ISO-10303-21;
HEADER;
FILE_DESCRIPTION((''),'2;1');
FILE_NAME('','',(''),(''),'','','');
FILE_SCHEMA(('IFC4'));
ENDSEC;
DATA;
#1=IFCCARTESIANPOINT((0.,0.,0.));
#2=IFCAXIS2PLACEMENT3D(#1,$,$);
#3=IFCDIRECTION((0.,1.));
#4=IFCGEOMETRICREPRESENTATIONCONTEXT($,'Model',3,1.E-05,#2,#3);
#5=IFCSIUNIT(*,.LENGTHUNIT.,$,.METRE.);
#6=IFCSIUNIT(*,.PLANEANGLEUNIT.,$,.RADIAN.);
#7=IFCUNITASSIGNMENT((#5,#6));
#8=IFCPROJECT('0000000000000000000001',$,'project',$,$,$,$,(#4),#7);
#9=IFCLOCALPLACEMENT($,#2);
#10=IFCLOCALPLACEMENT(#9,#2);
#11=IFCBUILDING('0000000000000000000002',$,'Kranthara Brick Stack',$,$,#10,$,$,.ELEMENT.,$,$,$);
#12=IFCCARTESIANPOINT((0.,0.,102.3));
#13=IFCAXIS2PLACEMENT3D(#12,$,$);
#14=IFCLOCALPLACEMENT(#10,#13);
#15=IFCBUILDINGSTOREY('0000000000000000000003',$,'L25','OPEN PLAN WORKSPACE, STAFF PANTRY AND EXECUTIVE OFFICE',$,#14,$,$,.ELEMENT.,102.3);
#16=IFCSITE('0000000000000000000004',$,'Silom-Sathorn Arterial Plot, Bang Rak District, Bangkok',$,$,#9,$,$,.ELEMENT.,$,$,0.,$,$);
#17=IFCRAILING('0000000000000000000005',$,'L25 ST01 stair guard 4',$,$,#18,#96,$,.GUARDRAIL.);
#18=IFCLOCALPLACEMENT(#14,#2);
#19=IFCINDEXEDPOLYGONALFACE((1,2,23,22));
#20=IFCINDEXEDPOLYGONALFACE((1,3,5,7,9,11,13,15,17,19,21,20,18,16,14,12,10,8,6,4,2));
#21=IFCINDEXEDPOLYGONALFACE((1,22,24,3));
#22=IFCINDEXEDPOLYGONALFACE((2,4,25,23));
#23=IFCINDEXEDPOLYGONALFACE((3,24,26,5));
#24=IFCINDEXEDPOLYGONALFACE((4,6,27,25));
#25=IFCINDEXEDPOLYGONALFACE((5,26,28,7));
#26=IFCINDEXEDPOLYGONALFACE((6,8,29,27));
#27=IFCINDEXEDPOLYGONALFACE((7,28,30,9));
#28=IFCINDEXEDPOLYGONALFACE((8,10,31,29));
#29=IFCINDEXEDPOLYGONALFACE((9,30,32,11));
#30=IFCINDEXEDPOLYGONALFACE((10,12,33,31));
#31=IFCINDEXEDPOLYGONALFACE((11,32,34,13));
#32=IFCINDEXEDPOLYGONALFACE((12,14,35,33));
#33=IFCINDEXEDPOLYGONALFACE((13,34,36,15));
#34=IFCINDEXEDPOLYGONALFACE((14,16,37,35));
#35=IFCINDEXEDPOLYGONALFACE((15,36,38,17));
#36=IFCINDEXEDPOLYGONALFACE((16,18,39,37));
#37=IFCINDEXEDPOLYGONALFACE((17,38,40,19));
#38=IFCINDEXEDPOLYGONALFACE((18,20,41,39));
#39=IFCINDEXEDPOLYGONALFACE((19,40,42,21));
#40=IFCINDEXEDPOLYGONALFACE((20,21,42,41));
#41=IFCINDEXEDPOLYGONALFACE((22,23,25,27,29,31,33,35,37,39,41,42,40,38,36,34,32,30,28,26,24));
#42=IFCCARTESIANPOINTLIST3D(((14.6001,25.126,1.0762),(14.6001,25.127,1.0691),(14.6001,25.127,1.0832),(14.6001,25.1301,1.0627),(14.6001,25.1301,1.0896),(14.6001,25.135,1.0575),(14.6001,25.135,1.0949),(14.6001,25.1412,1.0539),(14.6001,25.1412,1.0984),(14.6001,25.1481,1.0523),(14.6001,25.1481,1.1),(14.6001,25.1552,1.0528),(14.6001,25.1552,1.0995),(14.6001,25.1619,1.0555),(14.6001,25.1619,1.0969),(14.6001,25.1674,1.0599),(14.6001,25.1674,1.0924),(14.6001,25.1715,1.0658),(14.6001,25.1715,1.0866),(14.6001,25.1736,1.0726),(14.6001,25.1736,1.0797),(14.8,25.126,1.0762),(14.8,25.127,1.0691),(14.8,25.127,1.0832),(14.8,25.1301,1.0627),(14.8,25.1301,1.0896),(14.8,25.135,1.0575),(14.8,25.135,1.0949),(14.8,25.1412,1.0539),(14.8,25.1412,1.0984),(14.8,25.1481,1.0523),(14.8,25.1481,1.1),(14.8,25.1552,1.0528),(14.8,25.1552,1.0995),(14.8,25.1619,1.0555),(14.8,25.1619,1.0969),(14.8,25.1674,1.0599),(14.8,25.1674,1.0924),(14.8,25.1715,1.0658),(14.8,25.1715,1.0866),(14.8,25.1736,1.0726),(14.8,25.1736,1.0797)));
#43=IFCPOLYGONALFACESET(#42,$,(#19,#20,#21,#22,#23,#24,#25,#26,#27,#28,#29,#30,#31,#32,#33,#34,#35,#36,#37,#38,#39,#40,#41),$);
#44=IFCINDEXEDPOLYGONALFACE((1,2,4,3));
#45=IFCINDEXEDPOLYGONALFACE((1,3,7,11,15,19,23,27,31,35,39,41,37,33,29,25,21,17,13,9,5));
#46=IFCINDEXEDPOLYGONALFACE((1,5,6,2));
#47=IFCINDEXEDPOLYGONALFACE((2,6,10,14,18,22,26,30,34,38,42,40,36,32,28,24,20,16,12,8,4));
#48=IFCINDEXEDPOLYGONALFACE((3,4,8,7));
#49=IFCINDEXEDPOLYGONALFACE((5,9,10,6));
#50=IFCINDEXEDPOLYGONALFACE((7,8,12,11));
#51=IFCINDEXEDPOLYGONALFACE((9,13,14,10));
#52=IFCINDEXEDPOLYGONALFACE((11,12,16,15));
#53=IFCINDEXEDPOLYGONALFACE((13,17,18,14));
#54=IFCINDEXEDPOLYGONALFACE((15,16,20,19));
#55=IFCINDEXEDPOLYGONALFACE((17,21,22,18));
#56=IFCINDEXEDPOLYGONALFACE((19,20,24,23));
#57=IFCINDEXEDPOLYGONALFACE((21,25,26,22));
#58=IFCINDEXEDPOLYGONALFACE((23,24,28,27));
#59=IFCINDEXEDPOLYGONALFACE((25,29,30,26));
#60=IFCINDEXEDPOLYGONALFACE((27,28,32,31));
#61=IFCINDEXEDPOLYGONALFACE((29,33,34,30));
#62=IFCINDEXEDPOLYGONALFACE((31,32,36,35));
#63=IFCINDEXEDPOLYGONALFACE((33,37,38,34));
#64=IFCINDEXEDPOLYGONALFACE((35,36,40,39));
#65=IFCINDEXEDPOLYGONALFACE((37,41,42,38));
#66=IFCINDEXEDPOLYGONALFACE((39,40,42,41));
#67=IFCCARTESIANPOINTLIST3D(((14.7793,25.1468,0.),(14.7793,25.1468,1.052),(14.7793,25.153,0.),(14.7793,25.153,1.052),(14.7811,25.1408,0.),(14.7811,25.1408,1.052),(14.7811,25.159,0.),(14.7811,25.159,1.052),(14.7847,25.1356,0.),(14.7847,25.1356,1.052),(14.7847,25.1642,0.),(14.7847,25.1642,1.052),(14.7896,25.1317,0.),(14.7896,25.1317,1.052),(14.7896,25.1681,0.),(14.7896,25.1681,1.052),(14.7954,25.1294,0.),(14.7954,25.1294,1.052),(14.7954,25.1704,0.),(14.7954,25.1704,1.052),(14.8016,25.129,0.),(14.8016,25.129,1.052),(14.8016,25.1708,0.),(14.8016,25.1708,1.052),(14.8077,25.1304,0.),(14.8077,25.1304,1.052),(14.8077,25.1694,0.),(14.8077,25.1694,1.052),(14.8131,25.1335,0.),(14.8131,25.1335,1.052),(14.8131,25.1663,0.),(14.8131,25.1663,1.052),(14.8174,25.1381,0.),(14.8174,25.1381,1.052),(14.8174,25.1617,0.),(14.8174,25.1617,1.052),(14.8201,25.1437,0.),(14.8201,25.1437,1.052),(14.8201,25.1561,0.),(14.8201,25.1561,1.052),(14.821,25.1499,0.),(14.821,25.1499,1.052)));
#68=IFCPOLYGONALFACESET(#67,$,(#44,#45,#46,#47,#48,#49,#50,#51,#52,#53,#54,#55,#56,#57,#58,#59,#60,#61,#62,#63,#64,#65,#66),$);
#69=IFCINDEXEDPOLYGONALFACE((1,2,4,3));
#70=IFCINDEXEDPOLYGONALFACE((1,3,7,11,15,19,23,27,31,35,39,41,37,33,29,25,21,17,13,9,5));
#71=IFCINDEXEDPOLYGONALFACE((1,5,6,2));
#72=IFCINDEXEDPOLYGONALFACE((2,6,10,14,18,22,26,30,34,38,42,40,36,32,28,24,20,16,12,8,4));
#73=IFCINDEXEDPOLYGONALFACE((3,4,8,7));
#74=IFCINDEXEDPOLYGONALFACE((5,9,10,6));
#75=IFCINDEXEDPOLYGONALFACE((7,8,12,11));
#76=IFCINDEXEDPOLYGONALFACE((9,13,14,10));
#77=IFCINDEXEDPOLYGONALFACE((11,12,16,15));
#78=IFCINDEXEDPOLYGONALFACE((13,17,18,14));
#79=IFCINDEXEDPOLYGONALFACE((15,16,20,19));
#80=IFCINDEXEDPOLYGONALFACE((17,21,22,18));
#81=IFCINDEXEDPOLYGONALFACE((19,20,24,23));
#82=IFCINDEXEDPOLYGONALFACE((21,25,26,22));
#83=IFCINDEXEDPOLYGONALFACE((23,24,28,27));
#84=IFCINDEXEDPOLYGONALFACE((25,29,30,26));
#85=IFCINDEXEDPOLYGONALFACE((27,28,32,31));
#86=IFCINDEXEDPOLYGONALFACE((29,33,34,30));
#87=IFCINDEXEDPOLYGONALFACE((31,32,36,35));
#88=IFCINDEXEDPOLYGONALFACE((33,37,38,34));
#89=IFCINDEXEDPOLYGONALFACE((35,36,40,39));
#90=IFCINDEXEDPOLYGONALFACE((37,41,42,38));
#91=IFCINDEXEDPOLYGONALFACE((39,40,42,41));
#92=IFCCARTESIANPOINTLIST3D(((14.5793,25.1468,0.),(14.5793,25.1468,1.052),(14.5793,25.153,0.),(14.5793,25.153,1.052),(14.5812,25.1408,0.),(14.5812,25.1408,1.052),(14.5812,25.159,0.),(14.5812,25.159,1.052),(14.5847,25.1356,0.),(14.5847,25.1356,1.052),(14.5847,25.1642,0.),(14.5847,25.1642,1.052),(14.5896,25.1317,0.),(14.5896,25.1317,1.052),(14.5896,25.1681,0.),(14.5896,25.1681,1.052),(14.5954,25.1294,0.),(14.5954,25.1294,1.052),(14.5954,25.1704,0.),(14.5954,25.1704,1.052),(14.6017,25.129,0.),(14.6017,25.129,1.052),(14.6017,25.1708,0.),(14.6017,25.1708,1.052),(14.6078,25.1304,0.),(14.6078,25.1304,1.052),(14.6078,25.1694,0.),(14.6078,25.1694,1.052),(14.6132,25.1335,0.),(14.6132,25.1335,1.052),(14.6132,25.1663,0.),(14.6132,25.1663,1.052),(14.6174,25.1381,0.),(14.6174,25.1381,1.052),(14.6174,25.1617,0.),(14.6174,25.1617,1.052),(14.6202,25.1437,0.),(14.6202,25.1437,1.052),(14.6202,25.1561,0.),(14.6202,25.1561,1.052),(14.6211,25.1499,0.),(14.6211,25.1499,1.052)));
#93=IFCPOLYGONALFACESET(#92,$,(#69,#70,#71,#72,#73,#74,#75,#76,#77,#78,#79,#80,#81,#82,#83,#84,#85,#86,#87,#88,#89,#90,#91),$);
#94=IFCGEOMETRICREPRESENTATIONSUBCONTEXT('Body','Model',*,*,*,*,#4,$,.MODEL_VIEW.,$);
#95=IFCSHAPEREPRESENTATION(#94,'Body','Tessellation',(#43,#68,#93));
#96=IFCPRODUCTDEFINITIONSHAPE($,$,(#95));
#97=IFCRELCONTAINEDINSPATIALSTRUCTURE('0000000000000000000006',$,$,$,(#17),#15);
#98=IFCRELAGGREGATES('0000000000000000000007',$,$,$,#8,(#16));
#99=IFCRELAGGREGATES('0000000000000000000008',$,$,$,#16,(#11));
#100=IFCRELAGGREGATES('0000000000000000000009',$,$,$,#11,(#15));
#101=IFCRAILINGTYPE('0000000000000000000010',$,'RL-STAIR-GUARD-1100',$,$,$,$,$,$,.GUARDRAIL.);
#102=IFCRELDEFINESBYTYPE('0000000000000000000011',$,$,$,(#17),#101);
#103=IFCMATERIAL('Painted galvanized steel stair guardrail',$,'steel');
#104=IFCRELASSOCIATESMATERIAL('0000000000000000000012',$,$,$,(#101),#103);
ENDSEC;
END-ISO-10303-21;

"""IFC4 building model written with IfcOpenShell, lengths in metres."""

from ifc_helpers import new_model, si_unit, direction, frame, origin, origin_2d, place, context, subcontext, project, spatial, circle, extrude, material, type_object, element, save


model = new_model("IFC4")

# Units and contexts
model_context = context("Model", 3, precision=1e-05, world=origin(), true_north=direction((0.0, 1.0)))
body_context = subcontext(model_context, "Body", "Model", "MODEL_VIEW")
ifc_project = project(units=[si_unit("LENGTHUNIT", "METRE"), si_unit("PLANEANGLEUNIT", "RADIAN")], contexts=[model_context])

# Site, building, storey
site_placement = place(None, origin())
site = spatial("IfcSite", under=ifc_project, at=site_placement, Name="Silom-Sathorn Arterial Plot, Bang Rak District, Bangkok", CompositionType="ELEMENT", RefElevation=0.0)
building_placement = place(site_placement, origin())
building = spatial("IfcBuilding", under=site, at=building_placement, Name="Kranthara Brick Stack", CompositionType="ELEMENT")
storey_placement = place(building_placement, frame((0.0, 0.0, 102.3)))
storey = spatial("IfcBuildingStorey", under=building, at=storey_placement, Name="L25", Description="OPEN PLAN WORKSPACE, STAFF PANTRY AND EXECUTIVE OFFICE", CompositionType="ELEMENT", Elevation=102.3)

# Railing
ifc_material_1 = material(Name="Painted galvanized steel stair guardrail", Category="steel")
railing_type = type_object("IfcRailingType", Name="RL-STAIR-GUARD-1100", PredefinedType="GUARDRAIL", material=ifc_material_1)
railing_placement = place(storey_placement, frame((14.8, 25.1499, 0.0)))
element("IfcRailing", 1, at=railing_placement, inside=storey, type_object=railing_type, Name="L25 ST01 stair guard 4", PredefinedType="GUARDRAIL", context=body_context, shape_type="SweptSolid", body=[
    extrude(circle(Radius=0.0239, at=origin_2d()), frame((0.0, 0.0, 1.0762), z_axis=(-1.0, 0.0, 0.0), x_axis=(0.0, -1.0, 0.0)), (0.0, 0.0, 1.0), 0.2),
    extrude(circle(Radius=0.021, at=origin_2d()), origin(), (0.0, 0.0, 1.0), 1.052),
    extrude(circle(Radius=0.021, at=origin_2d()), frame((-0.2, 0.0, 0.0)), (0.0, 0.0, 1.0), 1.052),
])

save(model, "model.ifc")
